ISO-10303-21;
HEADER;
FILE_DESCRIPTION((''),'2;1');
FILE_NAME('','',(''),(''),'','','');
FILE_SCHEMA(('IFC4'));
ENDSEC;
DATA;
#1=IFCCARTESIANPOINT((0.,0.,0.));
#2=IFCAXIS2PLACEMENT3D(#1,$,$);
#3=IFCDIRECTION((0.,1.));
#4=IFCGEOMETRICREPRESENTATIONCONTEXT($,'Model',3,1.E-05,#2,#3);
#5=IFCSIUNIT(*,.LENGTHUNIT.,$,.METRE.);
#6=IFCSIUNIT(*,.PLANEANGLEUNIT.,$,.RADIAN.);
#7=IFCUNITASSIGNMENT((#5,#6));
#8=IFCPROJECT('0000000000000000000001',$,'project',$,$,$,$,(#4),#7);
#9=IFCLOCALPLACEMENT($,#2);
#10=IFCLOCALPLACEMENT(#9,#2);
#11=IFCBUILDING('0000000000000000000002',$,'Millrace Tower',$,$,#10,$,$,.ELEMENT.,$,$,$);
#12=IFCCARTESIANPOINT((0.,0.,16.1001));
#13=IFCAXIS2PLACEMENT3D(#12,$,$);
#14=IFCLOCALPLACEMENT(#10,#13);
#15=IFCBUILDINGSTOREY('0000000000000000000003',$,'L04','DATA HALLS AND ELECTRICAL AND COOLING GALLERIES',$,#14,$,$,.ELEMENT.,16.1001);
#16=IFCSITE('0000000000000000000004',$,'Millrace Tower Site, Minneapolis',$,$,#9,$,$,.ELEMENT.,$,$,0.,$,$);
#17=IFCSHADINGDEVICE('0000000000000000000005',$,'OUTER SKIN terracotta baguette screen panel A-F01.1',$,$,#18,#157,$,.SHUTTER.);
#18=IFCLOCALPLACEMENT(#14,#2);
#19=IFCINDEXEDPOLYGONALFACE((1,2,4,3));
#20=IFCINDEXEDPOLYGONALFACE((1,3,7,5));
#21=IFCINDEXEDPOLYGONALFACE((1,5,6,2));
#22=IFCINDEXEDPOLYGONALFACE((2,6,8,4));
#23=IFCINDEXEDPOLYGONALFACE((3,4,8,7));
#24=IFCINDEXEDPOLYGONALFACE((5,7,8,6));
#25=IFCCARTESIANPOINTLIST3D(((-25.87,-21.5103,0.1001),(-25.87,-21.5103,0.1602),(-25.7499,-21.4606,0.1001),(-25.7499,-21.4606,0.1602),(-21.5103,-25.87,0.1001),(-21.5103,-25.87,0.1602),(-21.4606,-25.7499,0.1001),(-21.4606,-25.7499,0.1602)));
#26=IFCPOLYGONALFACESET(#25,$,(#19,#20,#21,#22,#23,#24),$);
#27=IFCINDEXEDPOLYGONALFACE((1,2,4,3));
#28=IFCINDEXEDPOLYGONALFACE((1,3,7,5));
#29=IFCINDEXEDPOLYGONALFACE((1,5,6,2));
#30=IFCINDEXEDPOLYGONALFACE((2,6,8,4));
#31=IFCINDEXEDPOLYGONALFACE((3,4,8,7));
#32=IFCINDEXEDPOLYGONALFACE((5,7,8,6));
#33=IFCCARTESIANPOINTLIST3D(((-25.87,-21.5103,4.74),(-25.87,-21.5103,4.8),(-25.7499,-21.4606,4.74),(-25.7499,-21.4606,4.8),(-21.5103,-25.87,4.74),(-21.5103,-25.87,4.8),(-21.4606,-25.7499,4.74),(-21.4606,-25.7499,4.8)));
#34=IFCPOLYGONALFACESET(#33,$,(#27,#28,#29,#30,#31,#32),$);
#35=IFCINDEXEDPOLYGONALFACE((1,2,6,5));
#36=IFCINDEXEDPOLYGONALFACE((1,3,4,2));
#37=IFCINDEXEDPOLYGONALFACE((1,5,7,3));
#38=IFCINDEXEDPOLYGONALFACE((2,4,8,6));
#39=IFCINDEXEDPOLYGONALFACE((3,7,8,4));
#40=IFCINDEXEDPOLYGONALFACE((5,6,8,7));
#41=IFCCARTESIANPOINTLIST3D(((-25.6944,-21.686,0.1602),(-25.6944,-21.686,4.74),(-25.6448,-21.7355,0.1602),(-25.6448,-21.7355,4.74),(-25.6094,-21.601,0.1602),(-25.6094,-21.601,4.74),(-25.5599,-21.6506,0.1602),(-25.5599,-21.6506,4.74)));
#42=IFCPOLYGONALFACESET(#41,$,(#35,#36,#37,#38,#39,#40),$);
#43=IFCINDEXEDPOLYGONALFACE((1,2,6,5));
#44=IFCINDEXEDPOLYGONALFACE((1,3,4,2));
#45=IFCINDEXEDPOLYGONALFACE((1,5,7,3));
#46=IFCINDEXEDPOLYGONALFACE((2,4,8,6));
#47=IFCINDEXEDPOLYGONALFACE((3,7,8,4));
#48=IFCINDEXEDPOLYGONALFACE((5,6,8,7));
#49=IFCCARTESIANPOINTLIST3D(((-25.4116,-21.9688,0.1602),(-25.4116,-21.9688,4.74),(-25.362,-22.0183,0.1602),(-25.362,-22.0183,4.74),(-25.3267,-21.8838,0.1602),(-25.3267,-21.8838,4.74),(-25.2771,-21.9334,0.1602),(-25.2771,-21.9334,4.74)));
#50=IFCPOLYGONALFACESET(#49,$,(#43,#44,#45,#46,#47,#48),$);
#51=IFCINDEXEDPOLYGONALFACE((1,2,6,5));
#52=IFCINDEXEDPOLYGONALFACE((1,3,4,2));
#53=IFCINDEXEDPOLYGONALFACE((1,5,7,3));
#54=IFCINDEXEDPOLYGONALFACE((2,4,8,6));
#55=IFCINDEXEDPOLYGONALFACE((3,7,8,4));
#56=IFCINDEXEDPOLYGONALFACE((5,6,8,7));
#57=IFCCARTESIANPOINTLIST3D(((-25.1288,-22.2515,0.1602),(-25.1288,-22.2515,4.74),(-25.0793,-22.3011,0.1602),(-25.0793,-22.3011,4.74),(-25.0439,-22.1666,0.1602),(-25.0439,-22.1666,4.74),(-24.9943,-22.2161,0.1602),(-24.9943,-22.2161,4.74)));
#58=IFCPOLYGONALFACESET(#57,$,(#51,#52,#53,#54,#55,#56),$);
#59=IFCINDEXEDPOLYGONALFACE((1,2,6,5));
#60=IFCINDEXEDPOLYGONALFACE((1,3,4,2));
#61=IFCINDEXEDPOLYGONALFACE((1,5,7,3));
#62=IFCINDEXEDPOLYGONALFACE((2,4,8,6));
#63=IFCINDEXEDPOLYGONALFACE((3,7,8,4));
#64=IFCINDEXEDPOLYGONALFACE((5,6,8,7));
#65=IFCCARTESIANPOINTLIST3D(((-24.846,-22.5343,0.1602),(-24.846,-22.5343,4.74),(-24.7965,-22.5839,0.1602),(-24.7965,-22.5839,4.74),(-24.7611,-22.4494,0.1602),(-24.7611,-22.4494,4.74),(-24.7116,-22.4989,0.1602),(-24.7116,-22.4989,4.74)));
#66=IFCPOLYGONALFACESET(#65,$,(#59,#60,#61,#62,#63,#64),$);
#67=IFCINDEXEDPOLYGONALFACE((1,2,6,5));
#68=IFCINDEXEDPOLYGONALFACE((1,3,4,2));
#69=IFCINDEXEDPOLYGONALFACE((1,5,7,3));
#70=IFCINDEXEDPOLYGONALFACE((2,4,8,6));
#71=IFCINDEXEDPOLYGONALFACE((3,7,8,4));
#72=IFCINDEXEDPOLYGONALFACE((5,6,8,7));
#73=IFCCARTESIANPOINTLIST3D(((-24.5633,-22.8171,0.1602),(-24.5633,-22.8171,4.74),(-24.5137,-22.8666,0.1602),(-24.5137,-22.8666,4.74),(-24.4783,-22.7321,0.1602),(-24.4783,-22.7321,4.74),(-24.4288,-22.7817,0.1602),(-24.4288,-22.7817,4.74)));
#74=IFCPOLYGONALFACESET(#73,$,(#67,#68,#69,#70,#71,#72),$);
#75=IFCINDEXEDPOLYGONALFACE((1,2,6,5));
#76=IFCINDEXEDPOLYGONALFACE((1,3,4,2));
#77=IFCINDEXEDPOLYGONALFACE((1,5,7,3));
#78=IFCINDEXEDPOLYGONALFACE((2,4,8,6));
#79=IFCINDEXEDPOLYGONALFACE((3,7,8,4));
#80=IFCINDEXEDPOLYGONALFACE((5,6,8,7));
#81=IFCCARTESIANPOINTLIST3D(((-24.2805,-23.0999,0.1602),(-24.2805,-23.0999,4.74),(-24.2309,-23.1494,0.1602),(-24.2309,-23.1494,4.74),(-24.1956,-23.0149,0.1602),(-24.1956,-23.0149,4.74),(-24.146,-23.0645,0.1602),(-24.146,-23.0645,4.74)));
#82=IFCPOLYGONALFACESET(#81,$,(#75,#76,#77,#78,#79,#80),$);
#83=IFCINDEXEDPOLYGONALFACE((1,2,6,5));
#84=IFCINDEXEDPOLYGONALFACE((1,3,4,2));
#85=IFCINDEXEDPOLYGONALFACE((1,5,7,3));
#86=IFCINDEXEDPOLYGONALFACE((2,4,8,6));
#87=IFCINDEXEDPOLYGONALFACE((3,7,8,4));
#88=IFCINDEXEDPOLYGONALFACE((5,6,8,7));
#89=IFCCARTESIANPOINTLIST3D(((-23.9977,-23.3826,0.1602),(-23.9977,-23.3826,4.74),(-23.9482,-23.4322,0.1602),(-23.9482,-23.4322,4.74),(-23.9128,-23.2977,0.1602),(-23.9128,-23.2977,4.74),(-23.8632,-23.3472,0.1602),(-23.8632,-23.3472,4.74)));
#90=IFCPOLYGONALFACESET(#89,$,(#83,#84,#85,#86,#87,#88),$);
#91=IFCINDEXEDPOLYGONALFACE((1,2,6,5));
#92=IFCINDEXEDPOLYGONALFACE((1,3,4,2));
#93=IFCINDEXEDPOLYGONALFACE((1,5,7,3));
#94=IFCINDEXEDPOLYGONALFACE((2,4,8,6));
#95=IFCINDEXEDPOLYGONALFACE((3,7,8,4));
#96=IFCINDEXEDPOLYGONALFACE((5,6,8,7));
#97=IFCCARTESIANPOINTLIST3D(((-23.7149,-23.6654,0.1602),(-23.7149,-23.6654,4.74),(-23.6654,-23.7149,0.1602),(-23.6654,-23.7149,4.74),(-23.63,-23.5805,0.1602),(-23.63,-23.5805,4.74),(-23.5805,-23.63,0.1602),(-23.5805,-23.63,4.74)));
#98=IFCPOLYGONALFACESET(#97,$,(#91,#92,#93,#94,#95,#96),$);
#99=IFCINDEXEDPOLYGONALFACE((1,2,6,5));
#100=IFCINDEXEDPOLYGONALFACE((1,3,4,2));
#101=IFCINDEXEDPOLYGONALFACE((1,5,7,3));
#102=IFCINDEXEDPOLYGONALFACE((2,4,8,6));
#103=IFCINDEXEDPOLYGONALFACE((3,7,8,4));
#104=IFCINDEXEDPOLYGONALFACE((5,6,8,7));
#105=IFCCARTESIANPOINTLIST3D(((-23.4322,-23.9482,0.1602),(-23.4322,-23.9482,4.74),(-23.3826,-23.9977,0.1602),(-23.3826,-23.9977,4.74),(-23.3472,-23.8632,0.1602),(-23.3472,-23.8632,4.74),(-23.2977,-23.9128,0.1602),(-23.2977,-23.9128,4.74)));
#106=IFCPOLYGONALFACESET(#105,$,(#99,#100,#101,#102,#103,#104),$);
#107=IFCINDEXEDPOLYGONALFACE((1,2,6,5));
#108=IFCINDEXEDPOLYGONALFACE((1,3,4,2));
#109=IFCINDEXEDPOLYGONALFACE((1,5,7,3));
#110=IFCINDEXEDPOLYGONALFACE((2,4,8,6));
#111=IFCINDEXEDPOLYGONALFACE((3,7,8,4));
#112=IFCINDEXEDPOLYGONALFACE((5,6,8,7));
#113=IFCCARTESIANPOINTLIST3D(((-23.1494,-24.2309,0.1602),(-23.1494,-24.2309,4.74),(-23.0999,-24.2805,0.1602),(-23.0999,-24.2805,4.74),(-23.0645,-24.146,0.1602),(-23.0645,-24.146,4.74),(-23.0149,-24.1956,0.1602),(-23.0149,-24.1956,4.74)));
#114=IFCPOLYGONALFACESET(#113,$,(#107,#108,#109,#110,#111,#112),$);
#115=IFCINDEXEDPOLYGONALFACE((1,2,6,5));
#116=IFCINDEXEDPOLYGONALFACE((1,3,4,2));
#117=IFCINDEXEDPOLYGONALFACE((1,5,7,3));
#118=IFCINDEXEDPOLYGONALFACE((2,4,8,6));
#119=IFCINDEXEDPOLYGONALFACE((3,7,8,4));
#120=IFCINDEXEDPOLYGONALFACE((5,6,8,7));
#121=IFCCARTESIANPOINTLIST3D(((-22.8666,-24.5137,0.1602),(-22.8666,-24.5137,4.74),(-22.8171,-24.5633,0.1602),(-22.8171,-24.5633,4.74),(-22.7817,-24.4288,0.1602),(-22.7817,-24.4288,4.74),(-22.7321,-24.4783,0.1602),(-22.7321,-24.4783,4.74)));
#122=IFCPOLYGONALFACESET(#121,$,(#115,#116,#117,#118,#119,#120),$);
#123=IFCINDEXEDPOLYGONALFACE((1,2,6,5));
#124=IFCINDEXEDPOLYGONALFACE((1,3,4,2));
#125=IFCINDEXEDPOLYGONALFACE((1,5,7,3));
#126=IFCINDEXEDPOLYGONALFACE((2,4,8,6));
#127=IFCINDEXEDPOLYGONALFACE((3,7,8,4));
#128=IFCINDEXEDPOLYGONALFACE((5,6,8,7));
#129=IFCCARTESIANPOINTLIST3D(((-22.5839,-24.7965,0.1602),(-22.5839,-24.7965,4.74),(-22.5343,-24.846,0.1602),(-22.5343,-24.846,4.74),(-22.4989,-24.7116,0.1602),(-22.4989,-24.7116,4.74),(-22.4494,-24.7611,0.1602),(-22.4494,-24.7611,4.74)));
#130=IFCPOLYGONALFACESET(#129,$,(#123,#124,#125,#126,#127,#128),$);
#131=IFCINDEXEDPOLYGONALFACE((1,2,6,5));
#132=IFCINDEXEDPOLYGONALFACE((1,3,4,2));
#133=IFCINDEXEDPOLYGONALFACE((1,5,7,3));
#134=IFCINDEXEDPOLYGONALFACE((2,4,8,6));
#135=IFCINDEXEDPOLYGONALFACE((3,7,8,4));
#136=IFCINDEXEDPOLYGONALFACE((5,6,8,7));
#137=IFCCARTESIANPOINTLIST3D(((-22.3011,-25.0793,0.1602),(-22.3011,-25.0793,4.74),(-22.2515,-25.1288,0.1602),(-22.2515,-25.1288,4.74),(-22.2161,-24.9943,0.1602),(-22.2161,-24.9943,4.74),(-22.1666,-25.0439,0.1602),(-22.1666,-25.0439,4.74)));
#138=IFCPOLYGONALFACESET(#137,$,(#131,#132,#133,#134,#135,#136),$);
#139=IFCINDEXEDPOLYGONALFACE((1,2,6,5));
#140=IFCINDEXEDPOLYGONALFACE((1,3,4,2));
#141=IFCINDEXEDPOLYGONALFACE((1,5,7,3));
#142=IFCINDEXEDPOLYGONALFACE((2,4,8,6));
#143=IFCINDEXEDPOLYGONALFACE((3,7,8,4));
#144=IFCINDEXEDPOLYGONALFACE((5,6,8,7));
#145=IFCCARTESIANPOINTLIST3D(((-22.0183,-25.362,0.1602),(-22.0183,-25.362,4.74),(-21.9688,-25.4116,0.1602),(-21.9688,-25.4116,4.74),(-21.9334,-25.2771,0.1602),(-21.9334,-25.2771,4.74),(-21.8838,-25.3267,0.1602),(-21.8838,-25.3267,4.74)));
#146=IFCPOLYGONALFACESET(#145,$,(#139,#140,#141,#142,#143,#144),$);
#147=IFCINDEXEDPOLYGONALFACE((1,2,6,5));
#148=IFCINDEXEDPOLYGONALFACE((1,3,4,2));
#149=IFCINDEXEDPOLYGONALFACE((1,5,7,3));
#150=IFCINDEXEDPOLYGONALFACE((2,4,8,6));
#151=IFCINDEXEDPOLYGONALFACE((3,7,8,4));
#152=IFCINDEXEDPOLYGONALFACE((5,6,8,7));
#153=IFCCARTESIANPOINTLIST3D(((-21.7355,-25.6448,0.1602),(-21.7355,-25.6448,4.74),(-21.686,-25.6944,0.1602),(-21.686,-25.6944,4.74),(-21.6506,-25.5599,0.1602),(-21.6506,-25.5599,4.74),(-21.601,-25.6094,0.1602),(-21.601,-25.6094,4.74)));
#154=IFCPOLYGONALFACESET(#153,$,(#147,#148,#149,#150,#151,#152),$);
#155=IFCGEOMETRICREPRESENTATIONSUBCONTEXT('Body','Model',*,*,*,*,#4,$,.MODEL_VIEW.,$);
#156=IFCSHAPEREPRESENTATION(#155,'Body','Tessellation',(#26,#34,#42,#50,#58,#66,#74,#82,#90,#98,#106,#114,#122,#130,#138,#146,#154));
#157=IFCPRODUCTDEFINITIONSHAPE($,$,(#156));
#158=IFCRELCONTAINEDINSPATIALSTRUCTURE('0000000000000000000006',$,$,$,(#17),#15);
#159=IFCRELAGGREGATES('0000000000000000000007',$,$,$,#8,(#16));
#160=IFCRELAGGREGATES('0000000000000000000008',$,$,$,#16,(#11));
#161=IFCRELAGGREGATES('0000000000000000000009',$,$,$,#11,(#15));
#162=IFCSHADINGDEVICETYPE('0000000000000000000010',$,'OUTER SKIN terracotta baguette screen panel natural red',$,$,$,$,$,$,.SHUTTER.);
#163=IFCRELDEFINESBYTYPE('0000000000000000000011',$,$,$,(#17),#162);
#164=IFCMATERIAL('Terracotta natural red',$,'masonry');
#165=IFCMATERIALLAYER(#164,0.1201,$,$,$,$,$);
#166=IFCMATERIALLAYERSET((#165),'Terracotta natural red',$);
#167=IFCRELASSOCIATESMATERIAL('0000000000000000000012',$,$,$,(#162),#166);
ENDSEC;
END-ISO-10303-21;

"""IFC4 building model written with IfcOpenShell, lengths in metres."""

from ifc_helpers import new_model, entity, si_unit, direction, frame, frame_2d, origin, origin_2d, place, context, subcontext, project, spatial, rectangle, extrude, source, transform, mapped, material, layer, layer_set, type_object, element, save


model = new_model("IFC4")

# Units and contexts
model_context = context("Model", 3, precision=1e-05, world=origin(), true_north=direction((0.0, 1.0)))
body_context = subcontext(model_context, "Body", "Model", "MODEL_VIEW")
ifc_project = project(units=[si_unit("LENGTHUNIT", "METRE"), si_unit("PLANEANGLEUNIT", "RADIAN")], contexts=[model_context])

# Site, building, storey
site_placement = place(None, origin())
site = spatial("IfcSite", under=ifc_project, at=site_placement, Name="Millrace Tower Site, Minneapolis", CompositionType="ELEMENT", RefElevation=0.0)
building_placement = place(site_placement, origin())
building = spatial("IfcBuilding", under=site, at=building_placement, Name="Millrace Tower", CompositionType="ELEMENT")
storey_placement = place(building_placement, frame((0.0, 0.0, 16.1001)))
storey = spatial("IfcBuildingStorey", under=building, at=storey_placement, Name="L04", Description="DATA HALLS AND ELECTRICAL AND COOLING GALLERIES", CompositionType="ELEMENT", Elevation=16.1001)

# Shading device
ifc_material_1 = material(Name="Terracotta natural red", Category="masonry")
ifc_layer_1 = layer(ifc_material_1, 0.1201)
ifc_layer_set_1 = layer_set([ifc_layer_1], Name="Terracotta natural red")
shading_device_type = type_object("IfcShadingDeviceType", Name="OUTER SKIN terracotta baguette screen panel natural red", PredefinedType="SHUTTER", material=ifc_layer_set_1)
cartesian_point_1 = entity("IfcCartesianPoint", [-3.033, 0.0601])
shared_polyline_1 = entity("IfcPolyline", [cartesian_point_1, entity("IfcCartesianPoint", [3.033, 0.0601]), entity("IfcCartesianPoint", [3.0828, -0.0601]), entity("IfcCartesianPoint", [-3.0828, -0.0601]), cartesian_point_1])
shared_shape_1 = source(origin(), body_context, "Body", "SweptSolid", [
    entity("IfcExtrudedAreaSolid", entity("IfcArbitraryClosedProfileDef", "AREA", None, shared_polyline_1), entity("IfcAxis2Placement3D", entity("IfcCartesianPoint", [0.0, 0.0, 0.0])), entity("IfcDirection", [0.0, 0.0, 1.0]), 0.0601),
    entity("IfcExtrudedAreaSolid", entity("IfcArbitraryClosedProfileDef", "AREA", None, shared_polyline_1), entity("IfcAxis2Placement3D", entity("IfcCartesianPoint", [0.0, 0.0, 4.6399])), entity("IfcDirection", [0.0, 0.0, 1.0]), 0.0601),
    extrude(rectangle(XDim=0.0701, YDim=0.1201, at=frame_2d((-2.7993, 0.0))), frame((0.0, 0.0, 0.0601)), (0.0, 0.0, 1.0), 4.5798),
    extrude(rectangle(XDim=0.0701, YDim=0.1201, at=frame_2d((-2.3994, 0.0))), frame((0.0, 0.0, 0.0601)), (0.0, 0.0, 1.0), 4.5798),
    extrude(rectangle(XDim=0.0701, YDim=0.1201, at=frame_2d((-1.9995, 0.0))), frame((0.0, 0.0, 0.0601)), (0.0, 0.0, 1.0), 4.5798),
    extrude(rectangle(XDim=0.0701, YDim=0.1201, at=frame_2d((-1.5996, 0.0))), frame((0.0, 0.0, 0.0601)), (0.0, 0.0, 1.0), 4.5798),
    extrude(rectangle(XDim=0.0701, YDim=0.1201, at=frame_2d((-1.1997, 0.0))), frame((0.0, 0.0, 0.0601)), (0.0, 0.0, 1.0), 4.5798),
    extrude(rectangle(XDim=0.0701, YDim=0.1201, at=frame_2d((-0.7998, 0.0))), frame((0.0, 0.0, 0.0601)), (0.0, 0.0, 1.0), 4.5798),
    extrude(rectangle(XDim=0.0701, YDim=0.1201, at=frame_2d((-0.3999, 0.0))), frame((0.0, 0.0, 0.0601)), (0.0, 0.0, 1.0), 4.5798),
    extrude(rectangle(XDim=0.0701, YDim=0.1201, at=origin_2d()), frame((0.0, 0.0, 0.0601)), (0.0, 0.0, 1.0), 4.5798),
    extrude(rectangle(XDim=0.0701, YDim=0.1201, at=frame_2d((0.3999, 0.0))), frame((0.0, 0.0, 0.0601)), (0.0, 0.0, 1.0), 4.5798),
    extrude(rectangle(XDim=0.0701, YDim=0.1201, at=frame_2d((0.7998, 0.0))), frame((0.0, 0.0, 0.0601)), (0.0, 0.0, 1.0), 4.5798),
    extrude(rectangle(XDim=0.0701, YDim=0.1201, at=frame_2d((1.1997, 0.0))), frame((0.0, 0.0, 0.0601)), (0.0, 0.0, 1.0), 4.5798),
    extrude(rectangle(XDim=0.0701, YDim=0.1201, at=frame_2d((1.5996, 0.0))), frame((0.0, 0.0, 0.0601)), (0.0, 0.0, 1.0), 4.5798),
    extrude(rectangle(XDim=0.0701, YDim=0.1201, at=frame_2d((1.9995, 0.0))), frame((0.0, 0.0, 0.0601)), (0.0, 0.0, 1.0), 4.5798),
    extrude(rectangle(XDim=0.0701, YDim=0.1201, at=frame_2d((2.3994, 0.0))), frame((0.0, 0.0, 0.0601)), (0.0, 0.0, 1.0), 4.5798),
    extrude(rectangle(XDim=0.0701, YDim=0.1201, at=frame_2d((2.7993, 0.0))), frame((0.0, 0.0, 0.0601)), (0.0, 0.0, 1.0), 4.5798),
])
shading_device_1_placement = place(storey_placement, frame((-23.6477, -23.6477, 0.1001), z_axis=(0.0, 0.0, 1.0), x_axis=(0.707107, -0.707107, 0.0)))
element("IfcShadingDevice", 1, at=shading_device_1_placement, inside=storey, type_object=shading_device_type, Name="OUTER SKIN terracotta baguette screen panel A-F01.1", PredefinedType="SHUTTER", context=body_context, shape_type="MappedRepresentation", body=[
    mapped(shared_shape_1, transform((0.0, 0.0, 0.0), scale=1.0)),
])

save(model, "model.ifc")
